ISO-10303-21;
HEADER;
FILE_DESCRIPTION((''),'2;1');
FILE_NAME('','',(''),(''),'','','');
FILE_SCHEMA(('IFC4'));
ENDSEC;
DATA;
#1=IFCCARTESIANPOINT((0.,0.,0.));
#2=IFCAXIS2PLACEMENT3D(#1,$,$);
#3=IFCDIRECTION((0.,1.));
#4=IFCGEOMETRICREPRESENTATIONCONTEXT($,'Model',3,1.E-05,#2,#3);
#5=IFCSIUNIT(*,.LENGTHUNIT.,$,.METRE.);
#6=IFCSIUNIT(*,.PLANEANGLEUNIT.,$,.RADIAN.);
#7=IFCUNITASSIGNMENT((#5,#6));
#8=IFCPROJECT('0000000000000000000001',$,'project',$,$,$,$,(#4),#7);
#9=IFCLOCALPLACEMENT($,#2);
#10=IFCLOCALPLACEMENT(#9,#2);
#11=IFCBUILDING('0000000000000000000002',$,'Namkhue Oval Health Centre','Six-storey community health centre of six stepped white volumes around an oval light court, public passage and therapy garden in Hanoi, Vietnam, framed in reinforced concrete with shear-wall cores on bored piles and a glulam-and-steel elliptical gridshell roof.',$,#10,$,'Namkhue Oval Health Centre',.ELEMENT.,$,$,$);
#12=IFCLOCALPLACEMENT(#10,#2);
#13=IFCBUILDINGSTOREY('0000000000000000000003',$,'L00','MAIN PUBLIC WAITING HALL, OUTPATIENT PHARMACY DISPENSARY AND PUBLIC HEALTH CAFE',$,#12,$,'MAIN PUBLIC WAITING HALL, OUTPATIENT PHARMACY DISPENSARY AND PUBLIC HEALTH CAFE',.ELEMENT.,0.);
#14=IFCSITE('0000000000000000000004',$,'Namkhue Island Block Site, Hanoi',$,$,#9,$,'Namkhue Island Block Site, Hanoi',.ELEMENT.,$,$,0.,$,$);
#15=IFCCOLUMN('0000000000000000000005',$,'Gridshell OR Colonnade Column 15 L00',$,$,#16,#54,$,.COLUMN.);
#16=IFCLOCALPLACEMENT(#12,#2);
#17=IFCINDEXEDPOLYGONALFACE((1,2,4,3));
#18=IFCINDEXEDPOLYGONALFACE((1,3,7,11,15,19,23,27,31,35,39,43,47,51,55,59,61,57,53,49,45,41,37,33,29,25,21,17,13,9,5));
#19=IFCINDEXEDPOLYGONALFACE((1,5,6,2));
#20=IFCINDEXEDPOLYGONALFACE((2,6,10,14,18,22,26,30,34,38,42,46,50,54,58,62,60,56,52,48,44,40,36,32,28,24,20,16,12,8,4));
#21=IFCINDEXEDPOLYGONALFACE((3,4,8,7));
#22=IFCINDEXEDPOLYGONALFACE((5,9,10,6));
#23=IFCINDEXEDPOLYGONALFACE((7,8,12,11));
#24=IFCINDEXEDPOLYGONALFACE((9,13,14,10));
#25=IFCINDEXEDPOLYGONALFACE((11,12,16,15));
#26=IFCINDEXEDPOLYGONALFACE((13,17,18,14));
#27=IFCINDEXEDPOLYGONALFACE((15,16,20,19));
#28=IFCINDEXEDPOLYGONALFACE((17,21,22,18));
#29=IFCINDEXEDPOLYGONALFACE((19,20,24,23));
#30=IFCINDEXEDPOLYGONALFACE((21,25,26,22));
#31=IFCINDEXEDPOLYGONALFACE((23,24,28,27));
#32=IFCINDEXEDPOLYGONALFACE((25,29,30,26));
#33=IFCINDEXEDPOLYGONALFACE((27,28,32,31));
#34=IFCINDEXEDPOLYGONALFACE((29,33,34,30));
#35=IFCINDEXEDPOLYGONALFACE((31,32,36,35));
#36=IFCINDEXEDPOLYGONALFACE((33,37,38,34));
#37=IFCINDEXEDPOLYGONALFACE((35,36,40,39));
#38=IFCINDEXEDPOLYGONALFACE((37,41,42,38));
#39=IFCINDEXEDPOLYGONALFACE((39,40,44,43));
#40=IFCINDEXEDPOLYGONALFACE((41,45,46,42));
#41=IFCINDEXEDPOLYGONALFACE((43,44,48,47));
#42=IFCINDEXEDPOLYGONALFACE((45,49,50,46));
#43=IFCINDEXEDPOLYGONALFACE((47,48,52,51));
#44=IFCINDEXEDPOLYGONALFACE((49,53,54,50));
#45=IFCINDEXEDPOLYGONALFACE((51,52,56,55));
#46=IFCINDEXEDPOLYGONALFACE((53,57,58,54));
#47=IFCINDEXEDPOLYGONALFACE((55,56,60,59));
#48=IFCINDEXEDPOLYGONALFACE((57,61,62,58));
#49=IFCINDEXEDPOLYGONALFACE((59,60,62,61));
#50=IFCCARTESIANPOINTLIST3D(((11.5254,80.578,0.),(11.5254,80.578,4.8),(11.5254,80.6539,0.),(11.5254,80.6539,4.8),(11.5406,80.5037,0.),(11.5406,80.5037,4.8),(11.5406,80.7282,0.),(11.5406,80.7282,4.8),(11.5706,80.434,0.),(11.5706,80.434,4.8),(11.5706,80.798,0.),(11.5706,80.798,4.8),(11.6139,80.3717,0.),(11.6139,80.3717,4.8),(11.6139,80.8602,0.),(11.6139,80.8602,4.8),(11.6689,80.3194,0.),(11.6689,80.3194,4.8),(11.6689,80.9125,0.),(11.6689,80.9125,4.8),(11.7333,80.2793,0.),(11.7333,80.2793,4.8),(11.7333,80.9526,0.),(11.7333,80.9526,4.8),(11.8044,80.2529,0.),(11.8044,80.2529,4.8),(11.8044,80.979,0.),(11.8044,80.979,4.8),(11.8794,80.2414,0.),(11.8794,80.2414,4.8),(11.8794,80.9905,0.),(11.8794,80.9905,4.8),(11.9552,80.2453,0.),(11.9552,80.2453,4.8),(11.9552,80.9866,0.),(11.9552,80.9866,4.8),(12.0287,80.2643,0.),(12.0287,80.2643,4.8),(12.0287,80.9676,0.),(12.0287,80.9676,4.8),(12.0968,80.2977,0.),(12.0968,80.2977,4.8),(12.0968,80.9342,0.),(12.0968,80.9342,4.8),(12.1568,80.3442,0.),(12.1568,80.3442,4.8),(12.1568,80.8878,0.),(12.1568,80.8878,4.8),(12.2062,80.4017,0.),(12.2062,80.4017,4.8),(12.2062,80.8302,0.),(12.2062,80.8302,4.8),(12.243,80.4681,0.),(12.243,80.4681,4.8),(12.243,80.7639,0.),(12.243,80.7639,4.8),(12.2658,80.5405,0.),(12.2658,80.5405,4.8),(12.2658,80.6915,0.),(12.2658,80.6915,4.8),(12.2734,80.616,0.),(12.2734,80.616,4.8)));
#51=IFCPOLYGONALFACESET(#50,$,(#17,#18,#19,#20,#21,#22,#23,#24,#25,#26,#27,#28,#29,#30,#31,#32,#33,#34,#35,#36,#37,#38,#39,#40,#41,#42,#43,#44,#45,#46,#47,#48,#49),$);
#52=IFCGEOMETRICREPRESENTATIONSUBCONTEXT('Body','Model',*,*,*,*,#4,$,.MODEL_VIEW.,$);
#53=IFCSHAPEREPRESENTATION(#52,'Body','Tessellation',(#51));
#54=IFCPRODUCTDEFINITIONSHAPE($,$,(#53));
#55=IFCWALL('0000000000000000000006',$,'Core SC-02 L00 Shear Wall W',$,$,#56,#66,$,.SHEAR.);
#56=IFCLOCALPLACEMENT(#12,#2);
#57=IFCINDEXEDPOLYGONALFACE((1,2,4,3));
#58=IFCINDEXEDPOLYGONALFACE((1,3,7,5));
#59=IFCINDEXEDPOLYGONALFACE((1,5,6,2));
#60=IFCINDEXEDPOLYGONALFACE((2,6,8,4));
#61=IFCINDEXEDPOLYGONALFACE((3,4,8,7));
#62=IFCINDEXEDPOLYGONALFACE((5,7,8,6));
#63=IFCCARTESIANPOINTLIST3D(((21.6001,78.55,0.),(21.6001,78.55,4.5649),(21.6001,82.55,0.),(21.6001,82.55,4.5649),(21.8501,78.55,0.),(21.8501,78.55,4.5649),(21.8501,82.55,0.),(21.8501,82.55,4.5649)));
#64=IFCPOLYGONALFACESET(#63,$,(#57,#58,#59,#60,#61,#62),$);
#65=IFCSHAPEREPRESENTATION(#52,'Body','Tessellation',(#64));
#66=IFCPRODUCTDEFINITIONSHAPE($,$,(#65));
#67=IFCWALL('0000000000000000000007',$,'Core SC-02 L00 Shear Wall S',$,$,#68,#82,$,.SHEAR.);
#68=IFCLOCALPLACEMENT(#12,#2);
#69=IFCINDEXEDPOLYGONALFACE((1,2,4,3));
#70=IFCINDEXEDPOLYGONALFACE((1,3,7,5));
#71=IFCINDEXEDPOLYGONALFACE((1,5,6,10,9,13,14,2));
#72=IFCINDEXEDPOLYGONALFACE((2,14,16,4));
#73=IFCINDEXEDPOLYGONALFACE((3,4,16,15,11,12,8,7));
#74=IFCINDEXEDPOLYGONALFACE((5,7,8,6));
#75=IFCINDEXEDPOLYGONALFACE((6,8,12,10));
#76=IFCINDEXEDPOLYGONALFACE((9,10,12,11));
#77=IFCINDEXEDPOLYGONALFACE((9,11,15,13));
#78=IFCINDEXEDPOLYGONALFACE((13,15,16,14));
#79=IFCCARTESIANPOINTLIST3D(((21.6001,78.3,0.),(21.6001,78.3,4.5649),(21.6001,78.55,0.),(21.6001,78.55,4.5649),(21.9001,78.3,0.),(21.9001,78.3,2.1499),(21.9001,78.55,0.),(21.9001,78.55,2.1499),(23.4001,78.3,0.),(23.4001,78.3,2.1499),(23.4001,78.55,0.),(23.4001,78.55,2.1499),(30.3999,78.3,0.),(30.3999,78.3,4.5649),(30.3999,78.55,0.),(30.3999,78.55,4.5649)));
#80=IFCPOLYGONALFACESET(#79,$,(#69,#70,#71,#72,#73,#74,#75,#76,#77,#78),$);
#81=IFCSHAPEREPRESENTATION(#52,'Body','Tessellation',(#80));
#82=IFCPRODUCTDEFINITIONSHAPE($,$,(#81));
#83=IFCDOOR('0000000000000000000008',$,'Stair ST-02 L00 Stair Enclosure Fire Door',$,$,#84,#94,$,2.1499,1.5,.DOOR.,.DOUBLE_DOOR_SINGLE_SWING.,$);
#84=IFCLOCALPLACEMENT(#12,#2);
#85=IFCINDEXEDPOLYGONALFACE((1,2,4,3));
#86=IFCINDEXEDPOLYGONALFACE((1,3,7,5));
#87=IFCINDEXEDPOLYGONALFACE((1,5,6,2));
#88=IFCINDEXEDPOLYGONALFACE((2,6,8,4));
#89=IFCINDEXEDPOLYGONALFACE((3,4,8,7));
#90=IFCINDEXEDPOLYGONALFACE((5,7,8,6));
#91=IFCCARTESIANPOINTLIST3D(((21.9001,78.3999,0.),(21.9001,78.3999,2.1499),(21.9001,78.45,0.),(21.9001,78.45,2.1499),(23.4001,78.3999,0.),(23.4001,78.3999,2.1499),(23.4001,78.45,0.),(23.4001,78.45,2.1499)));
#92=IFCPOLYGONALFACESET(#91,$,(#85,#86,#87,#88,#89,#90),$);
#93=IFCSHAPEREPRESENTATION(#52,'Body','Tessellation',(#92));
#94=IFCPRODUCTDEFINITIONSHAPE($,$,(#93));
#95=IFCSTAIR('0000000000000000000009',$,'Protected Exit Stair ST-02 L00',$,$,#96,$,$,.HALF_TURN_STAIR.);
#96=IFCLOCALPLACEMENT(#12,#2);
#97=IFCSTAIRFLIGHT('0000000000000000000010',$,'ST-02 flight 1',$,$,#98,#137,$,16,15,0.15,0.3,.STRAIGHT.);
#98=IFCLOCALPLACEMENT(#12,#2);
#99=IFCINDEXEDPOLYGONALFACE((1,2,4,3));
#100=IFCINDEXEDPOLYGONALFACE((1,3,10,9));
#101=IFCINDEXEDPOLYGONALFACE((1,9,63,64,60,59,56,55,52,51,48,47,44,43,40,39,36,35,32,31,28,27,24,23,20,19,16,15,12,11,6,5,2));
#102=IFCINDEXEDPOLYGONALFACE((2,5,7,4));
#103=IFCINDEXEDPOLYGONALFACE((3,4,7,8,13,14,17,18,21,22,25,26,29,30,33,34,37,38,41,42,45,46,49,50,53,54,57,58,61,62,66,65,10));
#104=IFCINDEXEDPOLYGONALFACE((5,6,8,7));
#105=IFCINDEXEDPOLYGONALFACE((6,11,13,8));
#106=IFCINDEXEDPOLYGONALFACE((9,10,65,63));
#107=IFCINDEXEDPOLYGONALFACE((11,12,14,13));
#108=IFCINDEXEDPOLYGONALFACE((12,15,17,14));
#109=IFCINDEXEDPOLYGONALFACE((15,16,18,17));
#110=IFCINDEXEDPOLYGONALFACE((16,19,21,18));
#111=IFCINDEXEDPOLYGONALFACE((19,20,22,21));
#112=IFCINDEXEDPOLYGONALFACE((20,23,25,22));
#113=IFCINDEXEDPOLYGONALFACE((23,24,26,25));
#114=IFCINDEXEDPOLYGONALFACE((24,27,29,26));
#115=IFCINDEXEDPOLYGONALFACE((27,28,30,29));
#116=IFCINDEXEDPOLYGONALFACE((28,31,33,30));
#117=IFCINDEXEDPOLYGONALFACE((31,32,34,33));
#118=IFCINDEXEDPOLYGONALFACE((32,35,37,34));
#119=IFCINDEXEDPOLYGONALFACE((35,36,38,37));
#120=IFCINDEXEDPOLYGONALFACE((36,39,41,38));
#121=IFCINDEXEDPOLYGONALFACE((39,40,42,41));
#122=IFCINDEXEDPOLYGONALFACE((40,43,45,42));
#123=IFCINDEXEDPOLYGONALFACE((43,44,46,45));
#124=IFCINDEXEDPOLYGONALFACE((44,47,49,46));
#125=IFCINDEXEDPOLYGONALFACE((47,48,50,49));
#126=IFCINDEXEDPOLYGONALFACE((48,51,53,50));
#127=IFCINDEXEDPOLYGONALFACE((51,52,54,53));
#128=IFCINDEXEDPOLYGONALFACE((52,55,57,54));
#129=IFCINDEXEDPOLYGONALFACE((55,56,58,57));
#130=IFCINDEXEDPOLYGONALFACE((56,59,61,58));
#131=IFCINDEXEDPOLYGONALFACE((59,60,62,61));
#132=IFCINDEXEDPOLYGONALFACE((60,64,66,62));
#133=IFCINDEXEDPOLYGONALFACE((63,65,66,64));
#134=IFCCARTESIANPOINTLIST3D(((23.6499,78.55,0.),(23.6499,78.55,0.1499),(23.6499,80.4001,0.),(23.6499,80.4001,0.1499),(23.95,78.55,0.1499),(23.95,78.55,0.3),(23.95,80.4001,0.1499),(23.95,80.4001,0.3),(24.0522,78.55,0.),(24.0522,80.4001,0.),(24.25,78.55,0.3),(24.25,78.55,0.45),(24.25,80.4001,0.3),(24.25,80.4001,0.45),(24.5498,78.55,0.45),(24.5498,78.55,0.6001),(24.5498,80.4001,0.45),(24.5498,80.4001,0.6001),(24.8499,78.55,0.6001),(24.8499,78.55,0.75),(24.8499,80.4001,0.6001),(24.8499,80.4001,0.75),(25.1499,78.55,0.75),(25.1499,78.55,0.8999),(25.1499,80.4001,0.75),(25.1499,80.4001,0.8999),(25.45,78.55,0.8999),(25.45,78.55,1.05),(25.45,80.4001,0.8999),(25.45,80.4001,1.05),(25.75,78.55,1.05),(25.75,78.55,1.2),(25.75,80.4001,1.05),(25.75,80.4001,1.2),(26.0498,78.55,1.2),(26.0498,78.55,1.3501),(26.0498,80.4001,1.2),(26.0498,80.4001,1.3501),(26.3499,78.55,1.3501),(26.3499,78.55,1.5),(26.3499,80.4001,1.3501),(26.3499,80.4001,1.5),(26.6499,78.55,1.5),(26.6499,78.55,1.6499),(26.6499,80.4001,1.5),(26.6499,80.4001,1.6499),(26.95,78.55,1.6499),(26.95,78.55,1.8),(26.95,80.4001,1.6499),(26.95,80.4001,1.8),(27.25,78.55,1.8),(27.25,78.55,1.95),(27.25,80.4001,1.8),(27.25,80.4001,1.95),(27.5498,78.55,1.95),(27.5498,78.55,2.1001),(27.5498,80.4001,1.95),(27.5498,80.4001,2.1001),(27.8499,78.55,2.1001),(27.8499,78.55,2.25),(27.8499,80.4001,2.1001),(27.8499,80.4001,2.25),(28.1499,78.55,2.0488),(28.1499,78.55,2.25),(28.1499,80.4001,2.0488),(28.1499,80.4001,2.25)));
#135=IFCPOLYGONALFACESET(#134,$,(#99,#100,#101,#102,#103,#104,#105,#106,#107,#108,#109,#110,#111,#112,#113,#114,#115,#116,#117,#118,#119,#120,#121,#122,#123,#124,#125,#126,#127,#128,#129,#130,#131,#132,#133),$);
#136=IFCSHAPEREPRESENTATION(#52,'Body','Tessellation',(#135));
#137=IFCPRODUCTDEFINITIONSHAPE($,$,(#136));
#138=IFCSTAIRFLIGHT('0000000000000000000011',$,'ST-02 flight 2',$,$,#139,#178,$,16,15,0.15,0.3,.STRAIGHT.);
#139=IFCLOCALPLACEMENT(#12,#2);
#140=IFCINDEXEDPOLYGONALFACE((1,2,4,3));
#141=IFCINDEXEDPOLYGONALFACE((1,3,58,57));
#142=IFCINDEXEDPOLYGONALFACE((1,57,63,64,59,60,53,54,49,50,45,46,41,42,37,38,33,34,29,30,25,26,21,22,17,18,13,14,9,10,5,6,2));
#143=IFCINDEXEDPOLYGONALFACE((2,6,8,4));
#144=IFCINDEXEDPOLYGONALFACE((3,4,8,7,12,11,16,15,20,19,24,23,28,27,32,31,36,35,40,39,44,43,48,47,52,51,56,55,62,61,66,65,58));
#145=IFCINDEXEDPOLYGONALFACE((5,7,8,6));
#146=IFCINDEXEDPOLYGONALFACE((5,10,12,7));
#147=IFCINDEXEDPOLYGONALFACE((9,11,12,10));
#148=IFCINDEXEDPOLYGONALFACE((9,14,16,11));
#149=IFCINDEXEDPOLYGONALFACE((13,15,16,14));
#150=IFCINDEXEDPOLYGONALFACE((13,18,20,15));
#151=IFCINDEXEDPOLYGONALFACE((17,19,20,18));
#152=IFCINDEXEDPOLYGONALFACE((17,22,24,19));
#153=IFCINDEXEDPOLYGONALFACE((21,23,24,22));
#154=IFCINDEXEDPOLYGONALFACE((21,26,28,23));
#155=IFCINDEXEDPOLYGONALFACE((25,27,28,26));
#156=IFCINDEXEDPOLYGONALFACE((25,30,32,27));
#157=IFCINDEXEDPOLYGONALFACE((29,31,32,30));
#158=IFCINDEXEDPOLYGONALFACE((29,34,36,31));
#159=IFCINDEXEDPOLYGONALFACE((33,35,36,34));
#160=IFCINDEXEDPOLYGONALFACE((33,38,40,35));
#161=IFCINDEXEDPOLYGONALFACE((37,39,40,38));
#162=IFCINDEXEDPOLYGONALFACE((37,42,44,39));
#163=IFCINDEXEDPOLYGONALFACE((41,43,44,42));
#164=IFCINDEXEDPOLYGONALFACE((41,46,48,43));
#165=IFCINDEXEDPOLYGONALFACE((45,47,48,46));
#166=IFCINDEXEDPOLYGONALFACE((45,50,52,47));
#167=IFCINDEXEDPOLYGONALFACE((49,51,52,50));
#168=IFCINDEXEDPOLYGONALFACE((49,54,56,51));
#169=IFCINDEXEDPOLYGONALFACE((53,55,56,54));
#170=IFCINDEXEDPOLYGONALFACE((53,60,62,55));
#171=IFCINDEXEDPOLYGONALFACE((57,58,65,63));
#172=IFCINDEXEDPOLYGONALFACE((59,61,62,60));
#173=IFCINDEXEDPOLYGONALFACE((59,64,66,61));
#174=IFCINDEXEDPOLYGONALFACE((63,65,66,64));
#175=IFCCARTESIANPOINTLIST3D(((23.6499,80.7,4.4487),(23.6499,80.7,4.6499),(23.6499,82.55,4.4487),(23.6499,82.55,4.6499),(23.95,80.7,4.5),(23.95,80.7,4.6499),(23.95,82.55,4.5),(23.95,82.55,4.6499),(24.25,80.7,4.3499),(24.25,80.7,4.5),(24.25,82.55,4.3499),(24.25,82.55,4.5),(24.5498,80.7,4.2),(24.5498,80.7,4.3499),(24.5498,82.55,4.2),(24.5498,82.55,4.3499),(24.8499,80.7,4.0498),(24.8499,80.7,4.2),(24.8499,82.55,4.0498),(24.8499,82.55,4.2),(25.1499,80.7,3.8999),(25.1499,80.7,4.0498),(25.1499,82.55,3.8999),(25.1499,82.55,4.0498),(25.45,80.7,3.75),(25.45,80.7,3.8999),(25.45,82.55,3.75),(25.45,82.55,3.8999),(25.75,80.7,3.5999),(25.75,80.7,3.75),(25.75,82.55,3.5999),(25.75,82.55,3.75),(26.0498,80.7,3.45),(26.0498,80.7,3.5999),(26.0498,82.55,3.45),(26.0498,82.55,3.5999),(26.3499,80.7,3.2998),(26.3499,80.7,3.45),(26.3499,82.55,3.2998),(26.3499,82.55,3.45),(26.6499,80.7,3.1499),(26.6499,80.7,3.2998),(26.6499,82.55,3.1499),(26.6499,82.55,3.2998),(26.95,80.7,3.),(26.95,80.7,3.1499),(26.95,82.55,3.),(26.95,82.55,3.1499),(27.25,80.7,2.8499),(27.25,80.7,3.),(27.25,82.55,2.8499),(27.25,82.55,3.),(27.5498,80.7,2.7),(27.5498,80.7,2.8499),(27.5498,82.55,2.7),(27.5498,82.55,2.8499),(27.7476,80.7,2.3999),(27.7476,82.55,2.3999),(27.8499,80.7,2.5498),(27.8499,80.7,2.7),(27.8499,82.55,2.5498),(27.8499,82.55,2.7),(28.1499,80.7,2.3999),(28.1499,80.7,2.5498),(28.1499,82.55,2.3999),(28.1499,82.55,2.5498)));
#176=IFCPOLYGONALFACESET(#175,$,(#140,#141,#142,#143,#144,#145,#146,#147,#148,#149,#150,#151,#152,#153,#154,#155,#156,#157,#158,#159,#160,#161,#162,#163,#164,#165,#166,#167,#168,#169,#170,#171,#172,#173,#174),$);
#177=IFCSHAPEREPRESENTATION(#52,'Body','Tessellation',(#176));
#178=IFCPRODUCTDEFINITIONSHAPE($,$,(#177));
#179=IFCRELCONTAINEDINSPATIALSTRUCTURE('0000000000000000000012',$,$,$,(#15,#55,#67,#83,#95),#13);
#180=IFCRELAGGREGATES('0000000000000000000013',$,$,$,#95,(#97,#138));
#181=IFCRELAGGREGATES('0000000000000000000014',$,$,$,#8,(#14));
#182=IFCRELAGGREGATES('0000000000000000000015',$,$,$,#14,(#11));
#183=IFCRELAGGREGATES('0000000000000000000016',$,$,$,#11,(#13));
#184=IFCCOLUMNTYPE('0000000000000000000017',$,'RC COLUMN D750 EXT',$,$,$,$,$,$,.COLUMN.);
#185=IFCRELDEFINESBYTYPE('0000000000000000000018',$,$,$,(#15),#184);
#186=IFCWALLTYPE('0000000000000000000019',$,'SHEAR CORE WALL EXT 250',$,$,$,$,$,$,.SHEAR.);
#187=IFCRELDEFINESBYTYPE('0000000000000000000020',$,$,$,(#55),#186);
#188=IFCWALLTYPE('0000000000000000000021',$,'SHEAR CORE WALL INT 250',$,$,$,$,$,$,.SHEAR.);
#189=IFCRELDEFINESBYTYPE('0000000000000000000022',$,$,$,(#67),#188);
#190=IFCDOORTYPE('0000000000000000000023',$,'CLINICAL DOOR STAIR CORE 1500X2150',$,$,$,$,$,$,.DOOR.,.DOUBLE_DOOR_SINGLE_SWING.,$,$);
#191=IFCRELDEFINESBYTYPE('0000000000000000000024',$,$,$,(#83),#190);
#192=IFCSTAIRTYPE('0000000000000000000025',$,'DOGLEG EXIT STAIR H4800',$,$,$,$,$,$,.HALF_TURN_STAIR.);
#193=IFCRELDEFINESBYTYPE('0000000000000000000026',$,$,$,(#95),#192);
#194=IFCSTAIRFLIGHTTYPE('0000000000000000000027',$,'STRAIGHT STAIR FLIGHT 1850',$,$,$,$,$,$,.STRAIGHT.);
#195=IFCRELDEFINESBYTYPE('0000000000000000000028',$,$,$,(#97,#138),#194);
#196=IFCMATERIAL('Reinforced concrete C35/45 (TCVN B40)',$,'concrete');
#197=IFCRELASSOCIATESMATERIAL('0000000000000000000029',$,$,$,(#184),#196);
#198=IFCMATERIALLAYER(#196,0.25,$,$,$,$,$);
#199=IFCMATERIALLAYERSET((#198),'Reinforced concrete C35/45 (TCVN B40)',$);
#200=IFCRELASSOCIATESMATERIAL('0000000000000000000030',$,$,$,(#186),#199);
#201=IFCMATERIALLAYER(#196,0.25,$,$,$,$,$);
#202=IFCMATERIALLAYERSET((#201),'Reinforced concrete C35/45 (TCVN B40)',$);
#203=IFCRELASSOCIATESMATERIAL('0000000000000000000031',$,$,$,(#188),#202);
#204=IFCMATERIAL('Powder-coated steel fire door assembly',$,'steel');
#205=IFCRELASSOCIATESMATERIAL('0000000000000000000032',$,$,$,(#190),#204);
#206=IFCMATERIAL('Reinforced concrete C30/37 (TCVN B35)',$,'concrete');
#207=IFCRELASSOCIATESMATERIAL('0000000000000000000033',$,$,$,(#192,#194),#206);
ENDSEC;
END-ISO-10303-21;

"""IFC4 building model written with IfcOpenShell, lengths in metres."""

from ifc_helpers import new_model, si_unit, direction, frame, frame_2d, origin, origin_2d, place, context, subcontext, project, spatial, polyline, rectangle, circle, outline, extrude, material, layer, layer_set, material_profile, profile_set, type_object, element, fill, aggregate, save


model = new_model("IFC4")

# Units and contexts
model_context = context("Model", 3, precision=1e-05, world=origin(), true_north=direction((0.0, 1.0)))
body_context = subcontext(model_context, "Body", "Model", "MODEL_VIEW")
ifc_project = project(units=[si_unit("LENGTHUNIT", "METRE"), si_unit("PLANEANGLEUNIT", "RADIAN")], contexts=[model_context])

# Site, building, storey
site_placement = place(None, origin())
site = spatial("IfcSite", under=ifc_project, at=site_placement, Name="Namkhue Island Block Site, Hanoi", LongName="Namkhue Island Block Site, Hanoi", CompositionType="ELEMENT", RefElevation=0.0)
building_placement = place(site_placement, origin())
building = spatial("IfcBuilding", under=site, at=building_placement, Name="Namkhue Oval Health Centre", Description="Six-storey community health centre of six stepped white volumes around an oval light court, public passage and therapy garden in Hanoi, Vietnam, framed in reinforced concrete with shear-wall cores on bored piles and a glulam-and-steel elliptical gridshell roof.", LongName="Namkhue Oval Health Centre", CompositionType="ELEMENT")
storey_placement = place(building_placement, origin())
storey = spatial("IfcBuildingStorey", under=building, at=storey_placement, Name="L00", Description="MAIN PUBLIC WAITING HALL, OUTPATIENT PHARMACY DISPENSARY AND PUBLIC HEALTH CAFE", LongName="MAIN PUBLIC WAITING HALL, OUTPATIENT PHARMACY DISPENSARY AND PUBLIC HEALTH CAFE", CompositionType="ELEMENT", Elevation=0.0)

# Shared definitions
ifc_material_1 = material(Name="Reinforced concrete C30/37 (TCVN B35)", Category="concrete")

# Column
ifc_material_2 = material(Name="Reinforced concrete C35/45 (TCVN B40)", Category="concrete")
ifc_material_profile_1 = material_profile(ifc_material_2, circle(Radius=0.375, at=origin_2d()), Name="RC D750")
ifc_profile_set_1 = profile_set([ifc_material_profile_1], Name="Reinforced concrete C35/45 (TCVN B40)")
column_type = type_object("IfcColumnType", Name="RC COLUMN D750 EXT", PredefinedType="COLUMN", material=ifc_profile_set_1)
for number, where, z_axis, x_axis, name in (
    (1, (11.8984, 80.616, 0.0), (0.0, 0.0, 1.0), (1.0, 0.0, 0.0), "Gridshell OR Colonnade Column 15 L00"),
):
    element("IfcColumn", number, at=place(storey_placement, frame(where, z_axis=z_axis, x_axis=x_axis)), inside=storey, type_object=column_type, Name=name, PredefinedType="COLUMN", context=body_context, shape_type="SweptSolid", body=[
        extrude(circle(Radius=0.375, at=origin_2d()), origin(), (0.0, 0.0, 1.0), 4.8),
    ])

# Wall
ifc_layer_1 = layer(ifc_material_2, 0.25)
ifc_layer_set_1 = layer_set([ifc_layer_1], Name="Reinforced concrete C35/45 (TCVN B40)")
wall_type_1 = type_object("IfcWallType", Name="SHEAR CORE WALL EXT 250", PredefinedType="SHEAR", material=ifc_layer_set_1)
wall_1_placement = place(storey_placement, frame((21.7251, 82.55, 0.0), z_axis=(0.0, 0.0, 1.0), x_axis=(0.0, -1.0, 0.0)))
element("IfcWall", 2, at=wall_1_placement, inside=storey, type_object=wall_type_1, Name="Core SC-02 L00 Shear Wall W", PredefinedType="SHEAR", context=body_context, shape_type="SweptSolid", body=[
    extrude(rectangle(XDim=4.0, YDim=0.25, at=frame_2d((2.0, 0.0))), origin(), (0.0, 0.0, 1.0), 4.5649),
])

# Wall, opening, door
ifc_layer_2 = layer(ifc_material_2, 0.25)
ifc_layer_set_2 = layer_set([ifc_layer_2], Name="Reinforced concrete C35/45 (TCVN B40)")
wall_type_2 = type_object("IfcWallType", Name="SHEAR CORE WALL INT 250", PredefinedType="SHEAR", material=ifc_layer_set_2)
wall_2_placement = place(storey_placement, frame((21.6001, 78.425, 0.0), z_axis=(0.0, 0.0, 1.0), x_axis=(1.0, 0.0, 0.0)))
wall_2 = element("IfcWall", 3, at=wall_2_placement, inside=storey, type_object=wall_type_2, Name="Core SC-02 L00 Shear Wall S", PredefinedType="SHEAR", context=body_context, shape_type="SweptSolid", body=[
    extrude(rectangle(XDim=8.7998, YDim=0.25, at=frame_2d((4.3999, 0.0))), origin(), (0.0, 0.0, 1.0), 4.5649),
])
opening_placement = place(wall_2_placement, frame((0.3, 0.0, 0.0)))
opening = element("IfcOpeningElement", 4, at=opening_placement, cuts=wall_2, PredefinedType="OPENING", context=body_context, shape_type="SweptSolid", body=[
    extrude(rectangle(XDim=1.5, YDim=2.1499, at=frame_2d((0.75, 1.075))), frame((0.0, 0.135, 0.0), z_axis=(0.0, -1.0, 0.0), x_axis=(1.0, 0.0, 0.0)), (0.0, 0.0, 1.0), 0.27),
])
ifc_material_3 = material(Name="Powder-coated steel fire door assembly", Category="steel")
door_type = type_object("IfcDoorType", Name="CLINICAL DOOR STAIR CORE 1500X2150", OperationType="DOUBLE_DOOR_SINGLE_SWING", PredefinedType="DOOR", material=ifc_material_3)
door_placement = place(opening_placement, origin())
door = element("IfcDoor", 5, at=door_placement, inside=storey, type_object=door_type, Name="Stair ST-02 L00 Stair Enclosure Fire Door", OperationType="DOUBLE_DOOR_SINGLE_SWING", OverallHeight=2.1499, OverallWidth=1.5, PredefinedType="DOOR", context=body_context, shape_type="SweptSolid", body=[
    extrude(rectangle(XDim=1.5, YDim=2.1499, at=frame_2d((0.75, 1.075))), frame((0.0, 0.0249, 0.0), z_axis=(0.0, -1.0, 0.0), x_axis=(1.0, 0.0, 0.0)), (0.0, 0.0, 1.0), 0.05),
])
fill(opening, door)

# Stair, stair flights
stair_type = type_object("IfcStairType", Name="DOGLEG EXIT STAIR H4800", PredefinedType="HALF_TURN_STAIR", material=ifc_material_1)
stair_placement = place(storey_placement, origin())
stair = element("IfcStair", 6, at=stair_placement, inside=storey, type_object=stair_type, Name="Protected Exit Stair ST-02 L00", PredefinedType="HALF_TURN_STAIR")
stair_flight_type = type_object("IfcStairFlightType", Name="STRAIGHT STAIR FLIGHT 1850", PredefinedType="STRAIGHT", material=ifc_material_1)
stair_flight_1_placement = place(storey_placement, frame((23.6499, 79.4751, 0.0), z_axis=(0.0, 0.0, 1.0), x_axis=(1.0, 0.0, 0.0)))
stair_flight_1 = element("IfcStairFlight", 7, at=stair_flight_1_placement, type_object=stair_flight_type, Name="ST-02 flight 1", NumberOfRisers=16, NumberOfTreads=15, PredefinedType="STRAIGHT", RiserHeight=0.15, TreadLength=0.3, context=body_context, shape_type="SweptSolid", body=[
    extrude(outline(polyline([(0.0, 0.0), (0.0, 0.1499), (0.3, 0.1499), (0.3, 0.3), (0.6001, 0.3), (0.6001, 0.45), (0.8999, 0.45), (0.8999, 0.6001), (1.2, 0.6001), (1.2, 0.75), (1.5, 0.75), (1.5, 0.8999), (1.8, 0.8999), (1.8, 1.05), (2.1001, 1.05), (2.1001, 1.2), (2.3999, 1.2), (2.3999, 1.3501), (2.7, 1.3501), (2.7, 1.5), (3.0, 1.5), (3.0, 1.6499), (3.3, 1.6499), (3.3, 1.8), (3.6001, 1.8), (3.6001, 1.95), (3.8999, 1.95), (3.8999, 2.1001), (4.2, 2.1001), (4.2, 2.25), (4.5, 2.25), (4.5, 2.3999), (4.5, 2.0488), (0.4023, 0.0), (0.0, 0.0)])), frame((0.0, 0.925, 0.0), z_axis=(0.0, -1.0, 0.0), x_axis=(1.0, 0.0, 0.0)), (0.0, 0.0, 1.0), 1.8501),
])
stair_flight_2_placement = place(storey_placement, frame((28.1499, 81.625, 2.3999), z_axis=(0.0, 0.0, 1.0), x_axis=(-1.0, 0.0, 0.0)))
stair_flight_2 = element("IfcStairFlight", 8, at=stair_flight_2_placement, type_object=stair_flight_type, Name="ST-02 flight 2", NumberOfRisers=16, NumberOfTreads=15, PredefinedType="STRAIGHT", RiserHeight=0.15, TreadLength=0.3, context=body_context, shape_type="SweptSolid", body=[
    extrude(outline(polyline([(0.0, 0.0), (0.0, 0.1499), (0.3, 0.1499), (0.3, 0.3), (0.6001, 0.3), (0.6001, 0.45), (0.8999, 0.45), (0.8999, 0.6001), (1.2, 0.6001), (1.2, 0.75), (1.5, 0.75), (1.5, 0.8999), (1.8, 0.8999), (1.8, 1.05), (2.1001, 1.05), (2.1001, 1.2), (2.3999, 1.2), (2.3999, 1.3501), (2.7, 1.3501), (2.7, 1.5), (3.0, 1.5), (3.0, 1.6499), (3.3, 1.6499), (3.3, 1.8), (3.6001, 1.8), (3.6001, 1.95), (3.8999, 1.95), (3.8999, 2.1001), (4.2, 2.1001), (4.2, 2.25), (4.5, 2.25), (4.5, 2.3999), (4.5, 2.0488), (0.4023, 0.0), (0.0, 0.0)])), frame((0.0, 0.925, 0.0), z_axis=(0.0, -1.0, 0.0), x_axis=(1.0, 0.0, 0.0)), (0.0, 0.0, 1.0), 1.8501),
])
aggregate(stair, [stair_flight_1, stair_flight_2])

save(model, "model.ifc")
